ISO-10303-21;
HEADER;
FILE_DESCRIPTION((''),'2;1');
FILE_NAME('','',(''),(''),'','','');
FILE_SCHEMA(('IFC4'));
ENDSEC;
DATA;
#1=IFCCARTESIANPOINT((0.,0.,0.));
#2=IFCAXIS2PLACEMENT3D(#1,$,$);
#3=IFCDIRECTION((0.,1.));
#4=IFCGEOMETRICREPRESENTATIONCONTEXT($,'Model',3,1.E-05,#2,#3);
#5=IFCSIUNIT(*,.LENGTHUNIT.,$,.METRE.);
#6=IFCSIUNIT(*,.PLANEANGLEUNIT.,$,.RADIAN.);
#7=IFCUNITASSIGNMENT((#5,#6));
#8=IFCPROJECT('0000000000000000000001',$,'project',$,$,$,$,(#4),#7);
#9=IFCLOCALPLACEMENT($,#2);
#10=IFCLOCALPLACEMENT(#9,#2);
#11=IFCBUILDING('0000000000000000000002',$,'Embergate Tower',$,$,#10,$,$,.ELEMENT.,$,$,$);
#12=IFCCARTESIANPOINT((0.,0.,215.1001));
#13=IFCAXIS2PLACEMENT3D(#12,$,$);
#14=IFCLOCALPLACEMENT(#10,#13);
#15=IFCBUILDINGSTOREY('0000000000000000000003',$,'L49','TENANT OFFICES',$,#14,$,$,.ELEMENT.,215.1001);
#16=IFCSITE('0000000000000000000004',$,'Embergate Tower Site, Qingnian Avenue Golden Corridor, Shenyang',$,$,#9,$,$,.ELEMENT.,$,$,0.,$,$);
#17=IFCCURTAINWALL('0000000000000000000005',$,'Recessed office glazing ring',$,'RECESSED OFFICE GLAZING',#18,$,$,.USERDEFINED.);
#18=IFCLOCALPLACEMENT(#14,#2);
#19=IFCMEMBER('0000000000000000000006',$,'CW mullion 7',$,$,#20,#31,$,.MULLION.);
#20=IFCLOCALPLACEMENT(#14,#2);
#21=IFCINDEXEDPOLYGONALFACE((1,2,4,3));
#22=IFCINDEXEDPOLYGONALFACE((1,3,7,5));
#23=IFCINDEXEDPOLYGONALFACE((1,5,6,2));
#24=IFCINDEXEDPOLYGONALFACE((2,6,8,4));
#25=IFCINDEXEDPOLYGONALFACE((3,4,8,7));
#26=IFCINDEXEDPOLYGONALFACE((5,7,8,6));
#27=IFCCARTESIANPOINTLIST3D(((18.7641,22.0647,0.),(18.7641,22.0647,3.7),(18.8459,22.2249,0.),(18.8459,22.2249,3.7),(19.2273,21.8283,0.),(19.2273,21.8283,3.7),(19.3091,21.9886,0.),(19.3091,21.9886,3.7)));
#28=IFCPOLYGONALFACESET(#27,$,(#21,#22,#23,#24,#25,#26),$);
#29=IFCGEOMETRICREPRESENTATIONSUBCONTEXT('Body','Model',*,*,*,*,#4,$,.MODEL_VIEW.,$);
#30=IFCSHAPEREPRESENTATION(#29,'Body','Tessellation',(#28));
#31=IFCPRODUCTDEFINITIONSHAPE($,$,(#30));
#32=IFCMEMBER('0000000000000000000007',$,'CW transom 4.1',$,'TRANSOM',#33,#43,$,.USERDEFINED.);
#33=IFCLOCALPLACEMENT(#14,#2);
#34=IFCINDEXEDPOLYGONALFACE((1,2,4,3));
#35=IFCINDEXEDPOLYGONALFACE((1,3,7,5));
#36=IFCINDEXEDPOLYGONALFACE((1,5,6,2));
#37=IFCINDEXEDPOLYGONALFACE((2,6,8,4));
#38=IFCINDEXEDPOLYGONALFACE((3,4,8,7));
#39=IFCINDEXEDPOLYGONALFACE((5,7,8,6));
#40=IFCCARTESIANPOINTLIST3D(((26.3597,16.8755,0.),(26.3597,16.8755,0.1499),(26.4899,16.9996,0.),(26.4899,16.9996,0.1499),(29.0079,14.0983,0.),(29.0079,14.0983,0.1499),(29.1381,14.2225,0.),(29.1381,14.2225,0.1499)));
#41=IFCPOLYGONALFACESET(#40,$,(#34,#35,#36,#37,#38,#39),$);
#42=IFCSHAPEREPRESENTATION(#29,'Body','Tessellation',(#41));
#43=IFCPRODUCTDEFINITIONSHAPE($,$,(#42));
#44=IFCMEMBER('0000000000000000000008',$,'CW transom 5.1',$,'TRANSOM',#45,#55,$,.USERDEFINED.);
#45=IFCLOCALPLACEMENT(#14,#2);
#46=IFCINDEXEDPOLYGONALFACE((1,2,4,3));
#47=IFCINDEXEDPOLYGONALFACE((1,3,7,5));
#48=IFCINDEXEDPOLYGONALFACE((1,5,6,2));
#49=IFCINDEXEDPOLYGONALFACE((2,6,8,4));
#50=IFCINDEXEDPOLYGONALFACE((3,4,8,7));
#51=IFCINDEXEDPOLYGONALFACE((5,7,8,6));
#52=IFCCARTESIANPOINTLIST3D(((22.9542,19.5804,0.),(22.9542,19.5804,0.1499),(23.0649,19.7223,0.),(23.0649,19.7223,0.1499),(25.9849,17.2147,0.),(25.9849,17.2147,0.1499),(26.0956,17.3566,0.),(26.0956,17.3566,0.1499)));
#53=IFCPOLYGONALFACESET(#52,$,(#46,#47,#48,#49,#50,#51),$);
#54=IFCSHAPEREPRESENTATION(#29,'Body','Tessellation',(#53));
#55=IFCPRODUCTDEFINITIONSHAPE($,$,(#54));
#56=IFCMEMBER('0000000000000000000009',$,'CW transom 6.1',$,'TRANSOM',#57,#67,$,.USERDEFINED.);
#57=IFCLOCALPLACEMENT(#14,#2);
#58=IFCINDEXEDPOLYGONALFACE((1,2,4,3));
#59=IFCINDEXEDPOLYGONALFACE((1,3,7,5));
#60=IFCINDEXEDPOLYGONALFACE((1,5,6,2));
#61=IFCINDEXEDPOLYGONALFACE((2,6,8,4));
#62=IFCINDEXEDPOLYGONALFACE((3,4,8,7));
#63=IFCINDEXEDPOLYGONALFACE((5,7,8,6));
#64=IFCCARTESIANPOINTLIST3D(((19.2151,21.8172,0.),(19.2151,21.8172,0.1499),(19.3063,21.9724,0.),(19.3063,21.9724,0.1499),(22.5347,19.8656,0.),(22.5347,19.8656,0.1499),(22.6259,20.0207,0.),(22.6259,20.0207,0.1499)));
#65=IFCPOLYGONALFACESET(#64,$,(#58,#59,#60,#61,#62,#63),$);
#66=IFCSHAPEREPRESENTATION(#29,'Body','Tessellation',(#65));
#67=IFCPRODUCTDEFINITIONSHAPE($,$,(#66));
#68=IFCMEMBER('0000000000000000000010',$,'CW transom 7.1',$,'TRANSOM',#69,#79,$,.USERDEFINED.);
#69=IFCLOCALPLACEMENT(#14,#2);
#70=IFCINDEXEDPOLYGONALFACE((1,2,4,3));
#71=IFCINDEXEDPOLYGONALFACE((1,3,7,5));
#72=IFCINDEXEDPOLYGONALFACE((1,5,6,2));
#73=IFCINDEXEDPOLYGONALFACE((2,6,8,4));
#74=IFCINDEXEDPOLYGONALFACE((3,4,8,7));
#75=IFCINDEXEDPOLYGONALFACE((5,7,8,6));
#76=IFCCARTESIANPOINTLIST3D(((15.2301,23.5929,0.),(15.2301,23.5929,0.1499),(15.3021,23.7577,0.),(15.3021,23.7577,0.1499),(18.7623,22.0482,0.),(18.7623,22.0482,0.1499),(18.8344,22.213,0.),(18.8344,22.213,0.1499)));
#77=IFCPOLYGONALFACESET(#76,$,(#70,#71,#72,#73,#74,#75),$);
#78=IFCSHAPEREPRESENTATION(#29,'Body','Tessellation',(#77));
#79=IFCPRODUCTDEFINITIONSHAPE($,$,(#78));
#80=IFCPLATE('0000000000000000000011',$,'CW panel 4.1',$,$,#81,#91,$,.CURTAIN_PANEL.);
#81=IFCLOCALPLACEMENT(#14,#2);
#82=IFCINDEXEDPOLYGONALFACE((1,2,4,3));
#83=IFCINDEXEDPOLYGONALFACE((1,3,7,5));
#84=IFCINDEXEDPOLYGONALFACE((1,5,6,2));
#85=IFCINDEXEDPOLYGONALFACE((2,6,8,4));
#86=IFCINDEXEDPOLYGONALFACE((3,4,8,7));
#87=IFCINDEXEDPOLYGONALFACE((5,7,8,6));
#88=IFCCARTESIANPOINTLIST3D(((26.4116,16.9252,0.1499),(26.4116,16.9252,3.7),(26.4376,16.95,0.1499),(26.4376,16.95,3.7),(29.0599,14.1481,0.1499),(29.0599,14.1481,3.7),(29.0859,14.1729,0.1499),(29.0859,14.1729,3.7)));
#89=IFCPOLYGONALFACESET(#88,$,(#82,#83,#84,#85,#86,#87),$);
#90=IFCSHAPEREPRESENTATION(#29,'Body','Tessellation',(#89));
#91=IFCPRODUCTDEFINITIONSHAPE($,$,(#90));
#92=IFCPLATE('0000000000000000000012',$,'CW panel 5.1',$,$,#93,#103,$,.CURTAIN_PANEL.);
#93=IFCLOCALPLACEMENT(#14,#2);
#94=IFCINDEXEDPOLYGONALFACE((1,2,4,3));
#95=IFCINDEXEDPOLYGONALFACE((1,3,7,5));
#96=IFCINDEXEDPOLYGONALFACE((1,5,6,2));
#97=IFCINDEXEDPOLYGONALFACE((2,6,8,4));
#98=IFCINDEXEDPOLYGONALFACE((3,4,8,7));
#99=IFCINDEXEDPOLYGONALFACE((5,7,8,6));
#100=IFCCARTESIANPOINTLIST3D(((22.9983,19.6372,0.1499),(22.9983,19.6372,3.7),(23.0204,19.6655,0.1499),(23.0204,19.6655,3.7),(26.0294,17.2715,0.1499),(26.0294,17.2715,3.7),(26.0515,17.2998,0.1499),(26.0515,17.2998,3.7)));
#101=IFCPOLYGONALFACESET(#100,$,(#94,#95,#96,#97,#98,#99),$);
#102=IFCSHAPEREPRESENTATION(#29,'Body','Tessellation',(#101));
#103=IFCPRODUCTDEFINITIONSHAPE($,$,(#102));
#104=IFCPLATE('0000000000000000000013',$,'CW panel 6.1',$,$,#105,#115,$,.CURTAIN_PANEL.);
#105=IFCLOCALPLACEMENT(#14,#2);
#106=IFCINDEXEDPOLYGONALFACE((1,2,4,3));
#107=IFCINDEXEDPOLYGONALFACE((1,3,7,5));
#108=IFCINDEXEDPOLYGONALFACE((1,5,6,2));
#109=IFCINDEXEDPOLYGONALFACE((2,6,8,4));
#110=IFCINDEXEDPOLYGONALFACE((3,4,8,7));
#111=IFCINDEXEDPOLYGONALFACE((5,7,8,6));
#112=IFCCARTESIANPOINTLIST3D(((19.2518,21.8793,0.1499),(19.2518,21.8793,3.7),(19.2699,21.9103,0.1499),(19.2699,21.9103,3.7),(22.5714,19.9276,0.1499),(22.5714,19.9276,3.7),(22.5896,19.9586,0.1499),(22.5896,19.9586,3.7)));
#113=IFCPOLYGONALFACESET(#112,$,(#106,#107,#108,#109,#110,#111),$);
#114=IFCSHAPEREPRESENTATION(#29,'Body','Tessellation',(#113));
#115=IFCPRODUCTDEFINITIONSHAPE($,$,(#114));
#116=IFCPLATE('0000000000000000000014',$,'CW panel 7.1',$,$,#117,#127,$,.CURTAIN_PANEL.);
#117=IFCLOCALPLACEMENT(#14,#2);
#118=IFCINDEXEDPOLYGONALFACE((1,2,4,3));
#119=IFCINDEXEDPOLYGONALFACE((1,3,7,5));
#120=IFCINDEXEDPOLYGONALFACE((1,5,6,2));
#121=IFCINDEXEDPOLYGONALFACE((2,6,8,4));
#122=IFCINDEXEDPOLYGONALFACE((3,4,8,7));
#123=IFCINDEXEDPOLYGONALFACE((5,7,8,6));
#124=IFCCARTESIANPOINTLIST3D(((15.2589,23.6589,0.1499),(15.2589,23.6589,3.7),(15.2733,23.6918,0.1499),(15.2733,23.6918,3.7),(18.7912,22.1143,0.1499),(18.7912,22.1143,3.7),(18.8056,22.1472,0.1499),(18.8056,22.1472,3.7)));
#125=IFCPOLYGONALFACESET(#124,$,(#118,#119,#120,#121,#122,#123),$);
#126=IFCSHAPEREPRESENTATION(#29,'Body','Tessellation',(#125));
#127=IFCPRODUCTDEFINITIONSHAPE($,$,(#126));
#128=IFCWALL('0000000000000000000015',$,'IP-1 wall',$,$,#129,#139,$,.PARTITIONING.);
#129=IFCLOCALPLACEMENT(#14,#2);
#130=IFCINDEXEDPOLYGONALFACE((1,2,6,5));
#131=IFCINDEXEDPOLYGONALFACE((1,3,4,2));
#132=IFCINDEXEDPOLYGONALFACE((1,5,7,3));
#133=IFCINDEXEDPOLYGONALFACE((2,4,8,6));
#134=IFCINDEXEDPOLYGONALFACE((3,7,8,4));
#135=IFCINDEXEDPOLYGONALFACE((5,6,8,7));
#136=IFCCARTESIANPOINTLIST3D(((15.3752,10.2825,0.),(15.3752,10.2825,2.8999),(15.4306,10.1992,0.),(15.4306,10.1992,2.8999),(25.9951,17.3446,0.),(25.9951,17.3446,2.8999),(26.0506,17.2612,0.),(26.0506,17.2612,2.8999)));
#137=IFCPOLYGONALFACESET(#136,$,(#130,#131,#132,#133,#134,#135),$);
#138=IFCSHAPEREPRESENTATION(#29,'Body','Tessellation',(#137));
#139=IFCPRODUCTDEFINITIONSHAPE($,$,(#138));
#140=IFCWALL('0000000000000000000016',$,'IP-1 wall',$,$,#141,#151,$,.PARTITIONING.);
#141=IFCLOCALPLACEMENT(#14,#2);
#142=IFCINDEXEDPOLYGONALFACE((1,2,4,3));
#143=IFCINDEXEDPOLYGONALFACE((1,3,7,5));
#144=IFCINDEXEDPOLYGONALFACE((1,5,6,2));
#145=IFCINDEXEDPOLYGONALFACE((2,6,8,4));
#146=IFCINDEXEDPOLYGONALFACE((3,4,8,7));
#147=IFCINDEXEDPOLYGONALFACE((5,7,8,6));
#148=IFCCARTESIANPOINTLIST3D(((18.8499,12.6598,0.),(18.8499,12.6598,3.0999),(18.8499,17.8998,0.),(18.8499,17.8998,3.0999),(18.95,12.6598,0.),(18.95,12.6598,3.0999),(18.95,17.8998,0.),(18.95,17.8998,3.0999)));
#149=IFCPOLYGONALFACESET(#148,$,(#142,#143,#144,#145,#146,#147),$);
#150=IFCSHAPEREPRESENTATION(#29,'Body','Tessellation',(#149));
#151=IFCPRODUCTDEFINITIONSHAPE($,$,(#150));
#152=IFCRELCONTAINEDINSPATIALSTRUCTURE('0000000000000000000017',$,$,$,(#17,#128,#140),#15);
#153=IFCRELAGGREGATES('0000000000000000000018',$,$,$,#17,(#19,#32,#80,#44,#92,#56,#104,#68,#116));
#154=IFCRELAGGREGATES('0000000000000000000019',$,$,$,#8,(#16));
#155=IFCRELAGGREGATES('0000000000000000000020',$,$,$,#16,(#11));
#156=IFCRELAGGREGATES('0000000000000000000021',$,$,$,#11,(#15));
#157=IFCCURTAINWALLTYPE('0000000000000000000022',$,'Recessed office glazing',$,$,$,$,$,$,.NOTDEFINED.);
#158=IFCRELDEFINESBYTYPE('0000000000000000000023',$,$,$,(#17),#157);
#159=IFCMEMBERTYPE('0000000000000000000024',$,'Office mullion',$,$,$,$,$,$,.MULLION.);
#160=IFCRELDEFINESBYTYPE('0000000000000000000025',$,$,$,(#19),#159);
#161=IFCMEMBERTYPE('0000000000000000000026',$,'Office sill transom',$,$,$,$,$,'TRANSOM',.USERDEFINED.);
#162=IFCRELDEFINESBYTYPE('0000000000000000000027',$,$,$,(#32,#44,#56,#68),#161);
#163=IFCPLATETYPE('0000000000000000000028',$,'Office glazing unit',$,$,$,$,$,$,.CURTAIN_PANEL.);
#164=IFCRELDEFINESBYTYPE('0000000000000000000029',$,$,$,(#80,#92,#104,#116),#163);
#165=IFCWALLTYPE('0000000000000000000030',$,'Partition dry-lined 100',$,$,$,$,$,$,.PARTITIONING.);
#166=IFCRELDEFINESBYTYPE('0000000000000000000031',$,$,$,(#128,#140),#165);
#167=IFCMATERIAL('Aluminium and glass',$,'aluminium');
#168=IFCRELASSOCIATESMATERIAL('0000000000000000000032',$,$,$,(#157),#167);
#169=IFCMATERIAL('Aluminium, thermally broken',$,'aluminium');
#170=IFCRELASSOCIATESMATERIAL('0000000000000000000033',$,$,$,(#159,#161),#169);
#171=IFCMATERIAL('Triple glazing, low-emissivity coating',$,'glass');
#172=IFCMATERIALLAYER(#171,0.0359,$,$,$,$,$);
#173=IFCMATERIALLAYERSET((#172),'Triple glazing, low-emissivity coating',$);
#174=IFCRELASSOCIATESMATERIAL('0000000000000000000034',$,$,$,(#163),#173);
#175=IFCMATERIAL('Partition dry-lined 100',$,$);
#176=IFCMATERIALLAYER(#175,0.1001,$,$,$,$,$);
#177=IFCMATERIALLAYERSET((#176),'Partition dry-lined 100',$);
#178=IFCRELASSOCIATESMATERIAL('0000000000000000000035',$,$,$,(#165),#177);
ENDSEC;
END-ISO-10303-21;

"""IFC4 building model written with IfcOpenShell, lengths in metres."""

from ifc_helpers import new_model, si_unit, direction, frame, frame_2d, origin, origin_2d, place, context, subcontext, project, spatial, rectangle, extrude, source, transform, mapped, material, layer, layer_set, material_profile, profile_set, type_object, element, aggregate, save


model = new_model("IFC4")

# Units and contexts
model_context = context("Model", 3, precision=1e-05, world=origin(), true_north=direction((0.0, 1.0)))
body_context = subcontext(model_context, "Body", "Model", "MODEL_VIEW")
ifc_project = project(units=[si_unit("LENGTHUNIT", "METRE"), si_unit("PLANEANGLEUNIT", "RADIAN")], contexts=[model_context])

# Site, building, storey
site_placement = place(None, origin())
site = spatial("IfcSite", under=ifc_project, at=site_placement, Name="Embergate Tower Site, Qingnian Avenue Golden Corridor, Shenyang", CompositionType="ELEMENT", RefElevation=0.0)
building_placement = place(site_placement, origin())
building = spatial("IfcBuilding", under=site, at=building_placement, Name="Embergate Tower", CompositionType="ELEMENT")
storey_placement = place(building_placement, frame((0.0, 0.0, 215.1001)))
storey = spatial("IfcBuildingStorey", under=building, at=storey_placement, Name="L49", Description="TENANT OFFICES", CompositionType="ELEMENT", Elevation=215.1001)

# Curtain wall, members, plates
ifc_material_1 = material(Name="Aluminium and glass", Category="aluminium")
curtain_wall_type = type_object("IfcCurtainWallType", Name="Recessed office glazing", PredefinedType="NOTDEFINED", material=ifc_material_1)
curtain_wall_placement = place(storey_placement, origin())
curtain_wall = element("IfcCurtainWall", 1, at=curtain_wall_placement, inside=storey, type_object=curtain_wall_type, Name="Recessed office glazing ring", ObjectType="RECESSED OFFICE GLAZING", PredefinedType="USERDEFINED")
ifc_material_2 = material(Name="Aluminium, thermally broken", Category="aluminium")
ifc_material_profile_1 = material_profile(ifc_material_2, rectangle(XDim=0.1799, YDim=0.52, at=origin_2d()), Name="AL 520x180")
ifc_profile_set_1 = profile_set([ifc_material_profile_1], Name="Aluminium, thermally broken")
member_type_1 = type_object("IfcMemberType", Name="Office mullion", PredefinedType="MULLION", material=ifc_profile_set_1)
shared_shape_1 = source(origin(), body_context, "Body", "SweptSolid", [
    extrude(rectangle(XDim=0.1799, YDim=0.52, at=origin_2d()), origin(), (0.0, 0.0, 1.0), 3.7),
])
member_1_placement = place(storey_placement, frame((19.0366, 22.0266, 0.0), z_axis=(0.0, 0.0, 1.0), x_axis=(-0.454514, -0.890739, 0.0)))
member_1 = element("IfcMember", 2, at=member_1_placement, type_object=member_type_1, Name="CW mullion 7", PredefinedType="MULLION", context=body_context, shape_type="MappedRepresentation", body=[
    mapped(shared_shape_1, transform((0.0, 0.0, 0.0))),
])
ifc_material_profile_2 = material_profile(ifc_material_2, rectangle(XDim=0.1799, YDim=0.1499, at=origin_2d()), Name="AL 150x180")
ifc_profile_set_2 = profile_set([ifc_material_profile_2], Name="Aluminium, thermally broken")
member_type_2 = type_object("IfcMemberType", Name="Office sill transom", ElementType="TRANSOM", PredefinedType="USERDEFINED", material=ifc_profile_set_2)
shared_shape_2 = source(origin(), body_context, "Body", "SweptSolid", [
    extrude(rectangle(XDim=0.1799, YDim=0.1499, at=origin_2d()), origin(), (0.0, 0.0, 1.0), 3.8374),
])
member_2_placement = place(storey_placement, frame((29.073, 14.1604, 0.075), z_axis=(-0.690111, 0.723704, 0.0), x_axis=(-0.723704, -0.690111, 0.0)))
member_2 = element("IfcMember", 3, at=member_2_placement, type_object=member_type_2, Name="CW transom 4.1", ObjectType="TRANSOM", PredefinedType="USERDEFINED", context=body_context, shape_type="MappedRepresentation", body=[
    mapped(shared_shape_2, transform((0.0, 0.0, 0.0))),
])
shared_shape_3 = source(origin(), body_context, "Body", "SweptSolid", [
    extrude(rectangle(XDim=0.1799, YDim=0.1499, at=origin_2d()), origin(), (0.0, 0.0, 1.0), 3.8447),
])
member_3_placement = place(storey_placement, frame((26.0403, 17.2856, 0.075), z_axis=(-0.788284, 0.615311, 0.0), x_axis=(-0.615311, -0.788284, 0.0)))
member_3 = element("IfcMember", 4, at=member_3_placement, type_object=member_type_2, Name="CW transom 5.1", ObjectType="TRANSOM", PredefinedType="USERDEFINED", context=body_context, shape_type="MappedRepresentation", body=[
    mapped(shared_shape_3, transform((0.0, 0.0, 0.0))),
])
shared_shape_4 = source(origin(), body_context, "Body", "SweptSolid", [
    extrude(rectangle(XDim=0.1799, YDim=0.1499, at=origin_2d()), origin(), (0.0, 0.0, 1.0), 3.8508),
])
member_4_placement = place(storey_placement, frame((22.5803, 19.9431, 0.075), z_axis=(-0.862052, 0.506821, 0.0), x_axis=(-0.506821, -0.862052, 0.0)))
member_4 = element("IfcMember", 5, at=member_4_placement, type_object=member_type_2, Name="CW transom 6.1", ObjectType="TRANSOM", PredefinedType="USERDEFINED", context=body_context, shape_type="MappedRepresentation", body=[
    mapped(shared_shape_4, transform((0.0, 0.0, 0.0))),
])
shared_shape_5 = source(origin(), body_context, "Body", "SweptSolid", [
    extrude(rectangle(XDim=0.1799, YDim=0.1499, at=origin_2d()), origin(), (0.0, 0.0, 1.0), 3.8552),
])
member_5_placement = place(storey_placement, frame((18.7983, 22.1306, 0.075), z_axis=(-0.916221, 0.400673, 0.0), x_axis=(-0.400673, -0.916221, 0.0)))
member_5 = element("IfcMember", 6, at=member_5_placement, type_object=member_type_2, Name="CW transom 7.1", ObjectType="TRANSOM", PredefinedType="USERDEFINED", context=body_context, shape_type="MappedRepresentation", body=[
    mapped(shared_shape_5, transform((0.0, 0.0, 0.0))),
])
ifc_material_3 = material(Name="Triple glazing, low-emissivity coating", Category="glass")
ifc_layer_1 = layer(ifc_material_3, 0.0359)
ifc_layer_set_1 = layer_set([ifc_layer_1], Name="Triple glazing, low-emissivity coating")
plate_type = type_object("IfcPlateType", Name="Office glazing unit", PredefinedType="CURTAIN_PANEL", material=ifc_layer_set_1)
shared_shape_6 = source(origin(), body_context, "Body", "SweptSolid", [
    extrude(rectangle(XDim=3.8374, YDim=0.0359, at=origin_2d()), origin(), (0.0, 0.0, 1.0), 3.55),
])
plate_1_placement = place(storey_placement, frame((27.7488, 15.5491, 0.1499), z_axis=(0.0, 0.0, 1.0), x_axis=(-0.690129, 0.723687, 0.0)))
plate_1 = element("IfcPlate", 7, at=plate_1_placement, type_object=plate_type, Name="CW panel 4.1", PredefinedType="CURTAIN_PANEL", context=body_context, shape_type="MappedRepresentation", body=[
    mapped(shared_shape_6, transform((0.0, 0.0, 0.0))),
])
shared_shape_7 = source(origin(), body_context, "Body", "SweptSolid", [
    extrude(rectangle(XDim=3.845, YDim=0.0359, at=origin_2d()), origin(), (0.0, 0.0, 1.0), 3.55),
])
plate_2_placement = place(storey_placement, frame((24.5249, 18.4685, 0.1499), z_axis=(0.0, 0.0, 1.0), x_axis=(-0.788316, 0.615271, 0.0)))
plate_2 = element("IfcPlate", 8, at=plate_2_placement, type_object=plate_type, Name="CW panel 5.1", PredefinedType="CURTAIN_PANEL", context=body_context, shape_type="MappedRepresentation", body=[
    mapped(shared_shape_7, transform((0.0, 0.0, 0.0))),
])
shared_shape_8 = source(origin(), body_context, "Body", "SweptSolid", [
    extrude(rectangle(XDim=3.8508, YDim=0.0359, at=origin_2d()), origin(), (0.0, 0.0, 1.0), 3.55),
])
plate_3_placement = place(storey_placement, frame((20.9207, 20.9189, 0.1499), z_axis=(0.0, 0.0, 1.0), x_axis=(-0.86205, 0.506824, 0.0)))
plate_3 = element("IfcPlate", 9, at=plate_3_placement, type_object=plate_type, Name="CW panel 6.1", PredefinedType="CURTAIN_PANEL", context=body_context, shape_type="MappedRepresentation", body=[
    mapped(shared_shape_8, transform((0.0, 0.0, 0.0))),
])
shared_shape_9 = source(origin(), body_context, "Body", "SweptSolid", [
    extrude(rectangle(XDim=3.8552, YDim=0.0359, at=origin_2d()), origin(), (0.0, 0.0, 1.0), 3.55),
])
plate_4_placement = place(storey_placement, frame((17.0322, 22.9031, 0.1499), z_axis=(0.0, 0.0, 1.0), x_axis=(-0.916233, 0.400645, 0.0)))
plate_4 = element("IfcPlate", 10, at=plate_4_placement, type_object=plate_type, Name="CW panel 7.1", PredefinedType="CURTAIN_PANEL", context=body_context, shape_type="MappedRepresentation", body=[
    mapped(shared_shape_9, transform((0.0, 0.0, 0.0))),
])
aggregate(curtain_wall, [member_1, member_2, plate_1, member_3, plate_2, member_4, plate_3, member_5, plate_4])

# Walls
ifc_material_4 = material(Name="Partition dry-lined 100")
ifc_layer_2 = layer(ifc_material_4, 0.1001)
ifc_layer_set_2 = layer_set([ifc_layer_2], Name="Partition dry-lined 100")
wall_type = type_object("IfcWallType", Name="Partition dry-lined 100", PredefinedType="PARTITIONING", material=ifc_layer_set_2)
shared_shape_10 = source(origin(), body_context, "Body", "SweptSolid", [
    extrude(rectangle(XDim=12.7537, YDim=0.1001, at=frame_2d((6.377, 0.0))), origin(), (0.0, 0.0, 1.0), 2.8999),
])
wall_1_placement = place(storey_placement, frame((26.0229, 17.303, 0.0), z_axis=(0.0, 0.0, 1.0), x_axis=(-0.832698, -0.553728, 0.0)))
element("IfcWall", 11, at=wall_1_placement, inside=storey, type_object=wall_type, Name="IP-1 wall", PredefinedType="PARTITIONING", context=body_context, shape_type="MappedRepresentation", body=[
    mapped(shared_shape_10, transform((0.0, 0.0, 0.0))),
])
shared_shape_11 = source(origin(), body_context, "Body", "SweptSolid", [
    extrude(rectangle(XDim=5.24, YDim=0.1001, at=frame_2d((2.6201, 0.0))), origin(), (0.0, 0.0, 1.0), 3.0999),
])
wall_2_placement = place(storey_placement, frame((18.8999, 17.8999, 0.0), z_axis=(0.0, 0.0, 1.0), x_axis=(0.0, -1.0, 0.0)))
element("IfcWall", 12, at=wall_2_placement, inside=storey, type_object=wall_type, Name="IP-1 wall", PredefinedType="PARTITIONING", context=body_context, shape_type="MappedRepresentation", body=[
    mapped(shared_shape_11, transform((0.0, 0.0, 0.0))),
])

save(model, "model.ifc")
